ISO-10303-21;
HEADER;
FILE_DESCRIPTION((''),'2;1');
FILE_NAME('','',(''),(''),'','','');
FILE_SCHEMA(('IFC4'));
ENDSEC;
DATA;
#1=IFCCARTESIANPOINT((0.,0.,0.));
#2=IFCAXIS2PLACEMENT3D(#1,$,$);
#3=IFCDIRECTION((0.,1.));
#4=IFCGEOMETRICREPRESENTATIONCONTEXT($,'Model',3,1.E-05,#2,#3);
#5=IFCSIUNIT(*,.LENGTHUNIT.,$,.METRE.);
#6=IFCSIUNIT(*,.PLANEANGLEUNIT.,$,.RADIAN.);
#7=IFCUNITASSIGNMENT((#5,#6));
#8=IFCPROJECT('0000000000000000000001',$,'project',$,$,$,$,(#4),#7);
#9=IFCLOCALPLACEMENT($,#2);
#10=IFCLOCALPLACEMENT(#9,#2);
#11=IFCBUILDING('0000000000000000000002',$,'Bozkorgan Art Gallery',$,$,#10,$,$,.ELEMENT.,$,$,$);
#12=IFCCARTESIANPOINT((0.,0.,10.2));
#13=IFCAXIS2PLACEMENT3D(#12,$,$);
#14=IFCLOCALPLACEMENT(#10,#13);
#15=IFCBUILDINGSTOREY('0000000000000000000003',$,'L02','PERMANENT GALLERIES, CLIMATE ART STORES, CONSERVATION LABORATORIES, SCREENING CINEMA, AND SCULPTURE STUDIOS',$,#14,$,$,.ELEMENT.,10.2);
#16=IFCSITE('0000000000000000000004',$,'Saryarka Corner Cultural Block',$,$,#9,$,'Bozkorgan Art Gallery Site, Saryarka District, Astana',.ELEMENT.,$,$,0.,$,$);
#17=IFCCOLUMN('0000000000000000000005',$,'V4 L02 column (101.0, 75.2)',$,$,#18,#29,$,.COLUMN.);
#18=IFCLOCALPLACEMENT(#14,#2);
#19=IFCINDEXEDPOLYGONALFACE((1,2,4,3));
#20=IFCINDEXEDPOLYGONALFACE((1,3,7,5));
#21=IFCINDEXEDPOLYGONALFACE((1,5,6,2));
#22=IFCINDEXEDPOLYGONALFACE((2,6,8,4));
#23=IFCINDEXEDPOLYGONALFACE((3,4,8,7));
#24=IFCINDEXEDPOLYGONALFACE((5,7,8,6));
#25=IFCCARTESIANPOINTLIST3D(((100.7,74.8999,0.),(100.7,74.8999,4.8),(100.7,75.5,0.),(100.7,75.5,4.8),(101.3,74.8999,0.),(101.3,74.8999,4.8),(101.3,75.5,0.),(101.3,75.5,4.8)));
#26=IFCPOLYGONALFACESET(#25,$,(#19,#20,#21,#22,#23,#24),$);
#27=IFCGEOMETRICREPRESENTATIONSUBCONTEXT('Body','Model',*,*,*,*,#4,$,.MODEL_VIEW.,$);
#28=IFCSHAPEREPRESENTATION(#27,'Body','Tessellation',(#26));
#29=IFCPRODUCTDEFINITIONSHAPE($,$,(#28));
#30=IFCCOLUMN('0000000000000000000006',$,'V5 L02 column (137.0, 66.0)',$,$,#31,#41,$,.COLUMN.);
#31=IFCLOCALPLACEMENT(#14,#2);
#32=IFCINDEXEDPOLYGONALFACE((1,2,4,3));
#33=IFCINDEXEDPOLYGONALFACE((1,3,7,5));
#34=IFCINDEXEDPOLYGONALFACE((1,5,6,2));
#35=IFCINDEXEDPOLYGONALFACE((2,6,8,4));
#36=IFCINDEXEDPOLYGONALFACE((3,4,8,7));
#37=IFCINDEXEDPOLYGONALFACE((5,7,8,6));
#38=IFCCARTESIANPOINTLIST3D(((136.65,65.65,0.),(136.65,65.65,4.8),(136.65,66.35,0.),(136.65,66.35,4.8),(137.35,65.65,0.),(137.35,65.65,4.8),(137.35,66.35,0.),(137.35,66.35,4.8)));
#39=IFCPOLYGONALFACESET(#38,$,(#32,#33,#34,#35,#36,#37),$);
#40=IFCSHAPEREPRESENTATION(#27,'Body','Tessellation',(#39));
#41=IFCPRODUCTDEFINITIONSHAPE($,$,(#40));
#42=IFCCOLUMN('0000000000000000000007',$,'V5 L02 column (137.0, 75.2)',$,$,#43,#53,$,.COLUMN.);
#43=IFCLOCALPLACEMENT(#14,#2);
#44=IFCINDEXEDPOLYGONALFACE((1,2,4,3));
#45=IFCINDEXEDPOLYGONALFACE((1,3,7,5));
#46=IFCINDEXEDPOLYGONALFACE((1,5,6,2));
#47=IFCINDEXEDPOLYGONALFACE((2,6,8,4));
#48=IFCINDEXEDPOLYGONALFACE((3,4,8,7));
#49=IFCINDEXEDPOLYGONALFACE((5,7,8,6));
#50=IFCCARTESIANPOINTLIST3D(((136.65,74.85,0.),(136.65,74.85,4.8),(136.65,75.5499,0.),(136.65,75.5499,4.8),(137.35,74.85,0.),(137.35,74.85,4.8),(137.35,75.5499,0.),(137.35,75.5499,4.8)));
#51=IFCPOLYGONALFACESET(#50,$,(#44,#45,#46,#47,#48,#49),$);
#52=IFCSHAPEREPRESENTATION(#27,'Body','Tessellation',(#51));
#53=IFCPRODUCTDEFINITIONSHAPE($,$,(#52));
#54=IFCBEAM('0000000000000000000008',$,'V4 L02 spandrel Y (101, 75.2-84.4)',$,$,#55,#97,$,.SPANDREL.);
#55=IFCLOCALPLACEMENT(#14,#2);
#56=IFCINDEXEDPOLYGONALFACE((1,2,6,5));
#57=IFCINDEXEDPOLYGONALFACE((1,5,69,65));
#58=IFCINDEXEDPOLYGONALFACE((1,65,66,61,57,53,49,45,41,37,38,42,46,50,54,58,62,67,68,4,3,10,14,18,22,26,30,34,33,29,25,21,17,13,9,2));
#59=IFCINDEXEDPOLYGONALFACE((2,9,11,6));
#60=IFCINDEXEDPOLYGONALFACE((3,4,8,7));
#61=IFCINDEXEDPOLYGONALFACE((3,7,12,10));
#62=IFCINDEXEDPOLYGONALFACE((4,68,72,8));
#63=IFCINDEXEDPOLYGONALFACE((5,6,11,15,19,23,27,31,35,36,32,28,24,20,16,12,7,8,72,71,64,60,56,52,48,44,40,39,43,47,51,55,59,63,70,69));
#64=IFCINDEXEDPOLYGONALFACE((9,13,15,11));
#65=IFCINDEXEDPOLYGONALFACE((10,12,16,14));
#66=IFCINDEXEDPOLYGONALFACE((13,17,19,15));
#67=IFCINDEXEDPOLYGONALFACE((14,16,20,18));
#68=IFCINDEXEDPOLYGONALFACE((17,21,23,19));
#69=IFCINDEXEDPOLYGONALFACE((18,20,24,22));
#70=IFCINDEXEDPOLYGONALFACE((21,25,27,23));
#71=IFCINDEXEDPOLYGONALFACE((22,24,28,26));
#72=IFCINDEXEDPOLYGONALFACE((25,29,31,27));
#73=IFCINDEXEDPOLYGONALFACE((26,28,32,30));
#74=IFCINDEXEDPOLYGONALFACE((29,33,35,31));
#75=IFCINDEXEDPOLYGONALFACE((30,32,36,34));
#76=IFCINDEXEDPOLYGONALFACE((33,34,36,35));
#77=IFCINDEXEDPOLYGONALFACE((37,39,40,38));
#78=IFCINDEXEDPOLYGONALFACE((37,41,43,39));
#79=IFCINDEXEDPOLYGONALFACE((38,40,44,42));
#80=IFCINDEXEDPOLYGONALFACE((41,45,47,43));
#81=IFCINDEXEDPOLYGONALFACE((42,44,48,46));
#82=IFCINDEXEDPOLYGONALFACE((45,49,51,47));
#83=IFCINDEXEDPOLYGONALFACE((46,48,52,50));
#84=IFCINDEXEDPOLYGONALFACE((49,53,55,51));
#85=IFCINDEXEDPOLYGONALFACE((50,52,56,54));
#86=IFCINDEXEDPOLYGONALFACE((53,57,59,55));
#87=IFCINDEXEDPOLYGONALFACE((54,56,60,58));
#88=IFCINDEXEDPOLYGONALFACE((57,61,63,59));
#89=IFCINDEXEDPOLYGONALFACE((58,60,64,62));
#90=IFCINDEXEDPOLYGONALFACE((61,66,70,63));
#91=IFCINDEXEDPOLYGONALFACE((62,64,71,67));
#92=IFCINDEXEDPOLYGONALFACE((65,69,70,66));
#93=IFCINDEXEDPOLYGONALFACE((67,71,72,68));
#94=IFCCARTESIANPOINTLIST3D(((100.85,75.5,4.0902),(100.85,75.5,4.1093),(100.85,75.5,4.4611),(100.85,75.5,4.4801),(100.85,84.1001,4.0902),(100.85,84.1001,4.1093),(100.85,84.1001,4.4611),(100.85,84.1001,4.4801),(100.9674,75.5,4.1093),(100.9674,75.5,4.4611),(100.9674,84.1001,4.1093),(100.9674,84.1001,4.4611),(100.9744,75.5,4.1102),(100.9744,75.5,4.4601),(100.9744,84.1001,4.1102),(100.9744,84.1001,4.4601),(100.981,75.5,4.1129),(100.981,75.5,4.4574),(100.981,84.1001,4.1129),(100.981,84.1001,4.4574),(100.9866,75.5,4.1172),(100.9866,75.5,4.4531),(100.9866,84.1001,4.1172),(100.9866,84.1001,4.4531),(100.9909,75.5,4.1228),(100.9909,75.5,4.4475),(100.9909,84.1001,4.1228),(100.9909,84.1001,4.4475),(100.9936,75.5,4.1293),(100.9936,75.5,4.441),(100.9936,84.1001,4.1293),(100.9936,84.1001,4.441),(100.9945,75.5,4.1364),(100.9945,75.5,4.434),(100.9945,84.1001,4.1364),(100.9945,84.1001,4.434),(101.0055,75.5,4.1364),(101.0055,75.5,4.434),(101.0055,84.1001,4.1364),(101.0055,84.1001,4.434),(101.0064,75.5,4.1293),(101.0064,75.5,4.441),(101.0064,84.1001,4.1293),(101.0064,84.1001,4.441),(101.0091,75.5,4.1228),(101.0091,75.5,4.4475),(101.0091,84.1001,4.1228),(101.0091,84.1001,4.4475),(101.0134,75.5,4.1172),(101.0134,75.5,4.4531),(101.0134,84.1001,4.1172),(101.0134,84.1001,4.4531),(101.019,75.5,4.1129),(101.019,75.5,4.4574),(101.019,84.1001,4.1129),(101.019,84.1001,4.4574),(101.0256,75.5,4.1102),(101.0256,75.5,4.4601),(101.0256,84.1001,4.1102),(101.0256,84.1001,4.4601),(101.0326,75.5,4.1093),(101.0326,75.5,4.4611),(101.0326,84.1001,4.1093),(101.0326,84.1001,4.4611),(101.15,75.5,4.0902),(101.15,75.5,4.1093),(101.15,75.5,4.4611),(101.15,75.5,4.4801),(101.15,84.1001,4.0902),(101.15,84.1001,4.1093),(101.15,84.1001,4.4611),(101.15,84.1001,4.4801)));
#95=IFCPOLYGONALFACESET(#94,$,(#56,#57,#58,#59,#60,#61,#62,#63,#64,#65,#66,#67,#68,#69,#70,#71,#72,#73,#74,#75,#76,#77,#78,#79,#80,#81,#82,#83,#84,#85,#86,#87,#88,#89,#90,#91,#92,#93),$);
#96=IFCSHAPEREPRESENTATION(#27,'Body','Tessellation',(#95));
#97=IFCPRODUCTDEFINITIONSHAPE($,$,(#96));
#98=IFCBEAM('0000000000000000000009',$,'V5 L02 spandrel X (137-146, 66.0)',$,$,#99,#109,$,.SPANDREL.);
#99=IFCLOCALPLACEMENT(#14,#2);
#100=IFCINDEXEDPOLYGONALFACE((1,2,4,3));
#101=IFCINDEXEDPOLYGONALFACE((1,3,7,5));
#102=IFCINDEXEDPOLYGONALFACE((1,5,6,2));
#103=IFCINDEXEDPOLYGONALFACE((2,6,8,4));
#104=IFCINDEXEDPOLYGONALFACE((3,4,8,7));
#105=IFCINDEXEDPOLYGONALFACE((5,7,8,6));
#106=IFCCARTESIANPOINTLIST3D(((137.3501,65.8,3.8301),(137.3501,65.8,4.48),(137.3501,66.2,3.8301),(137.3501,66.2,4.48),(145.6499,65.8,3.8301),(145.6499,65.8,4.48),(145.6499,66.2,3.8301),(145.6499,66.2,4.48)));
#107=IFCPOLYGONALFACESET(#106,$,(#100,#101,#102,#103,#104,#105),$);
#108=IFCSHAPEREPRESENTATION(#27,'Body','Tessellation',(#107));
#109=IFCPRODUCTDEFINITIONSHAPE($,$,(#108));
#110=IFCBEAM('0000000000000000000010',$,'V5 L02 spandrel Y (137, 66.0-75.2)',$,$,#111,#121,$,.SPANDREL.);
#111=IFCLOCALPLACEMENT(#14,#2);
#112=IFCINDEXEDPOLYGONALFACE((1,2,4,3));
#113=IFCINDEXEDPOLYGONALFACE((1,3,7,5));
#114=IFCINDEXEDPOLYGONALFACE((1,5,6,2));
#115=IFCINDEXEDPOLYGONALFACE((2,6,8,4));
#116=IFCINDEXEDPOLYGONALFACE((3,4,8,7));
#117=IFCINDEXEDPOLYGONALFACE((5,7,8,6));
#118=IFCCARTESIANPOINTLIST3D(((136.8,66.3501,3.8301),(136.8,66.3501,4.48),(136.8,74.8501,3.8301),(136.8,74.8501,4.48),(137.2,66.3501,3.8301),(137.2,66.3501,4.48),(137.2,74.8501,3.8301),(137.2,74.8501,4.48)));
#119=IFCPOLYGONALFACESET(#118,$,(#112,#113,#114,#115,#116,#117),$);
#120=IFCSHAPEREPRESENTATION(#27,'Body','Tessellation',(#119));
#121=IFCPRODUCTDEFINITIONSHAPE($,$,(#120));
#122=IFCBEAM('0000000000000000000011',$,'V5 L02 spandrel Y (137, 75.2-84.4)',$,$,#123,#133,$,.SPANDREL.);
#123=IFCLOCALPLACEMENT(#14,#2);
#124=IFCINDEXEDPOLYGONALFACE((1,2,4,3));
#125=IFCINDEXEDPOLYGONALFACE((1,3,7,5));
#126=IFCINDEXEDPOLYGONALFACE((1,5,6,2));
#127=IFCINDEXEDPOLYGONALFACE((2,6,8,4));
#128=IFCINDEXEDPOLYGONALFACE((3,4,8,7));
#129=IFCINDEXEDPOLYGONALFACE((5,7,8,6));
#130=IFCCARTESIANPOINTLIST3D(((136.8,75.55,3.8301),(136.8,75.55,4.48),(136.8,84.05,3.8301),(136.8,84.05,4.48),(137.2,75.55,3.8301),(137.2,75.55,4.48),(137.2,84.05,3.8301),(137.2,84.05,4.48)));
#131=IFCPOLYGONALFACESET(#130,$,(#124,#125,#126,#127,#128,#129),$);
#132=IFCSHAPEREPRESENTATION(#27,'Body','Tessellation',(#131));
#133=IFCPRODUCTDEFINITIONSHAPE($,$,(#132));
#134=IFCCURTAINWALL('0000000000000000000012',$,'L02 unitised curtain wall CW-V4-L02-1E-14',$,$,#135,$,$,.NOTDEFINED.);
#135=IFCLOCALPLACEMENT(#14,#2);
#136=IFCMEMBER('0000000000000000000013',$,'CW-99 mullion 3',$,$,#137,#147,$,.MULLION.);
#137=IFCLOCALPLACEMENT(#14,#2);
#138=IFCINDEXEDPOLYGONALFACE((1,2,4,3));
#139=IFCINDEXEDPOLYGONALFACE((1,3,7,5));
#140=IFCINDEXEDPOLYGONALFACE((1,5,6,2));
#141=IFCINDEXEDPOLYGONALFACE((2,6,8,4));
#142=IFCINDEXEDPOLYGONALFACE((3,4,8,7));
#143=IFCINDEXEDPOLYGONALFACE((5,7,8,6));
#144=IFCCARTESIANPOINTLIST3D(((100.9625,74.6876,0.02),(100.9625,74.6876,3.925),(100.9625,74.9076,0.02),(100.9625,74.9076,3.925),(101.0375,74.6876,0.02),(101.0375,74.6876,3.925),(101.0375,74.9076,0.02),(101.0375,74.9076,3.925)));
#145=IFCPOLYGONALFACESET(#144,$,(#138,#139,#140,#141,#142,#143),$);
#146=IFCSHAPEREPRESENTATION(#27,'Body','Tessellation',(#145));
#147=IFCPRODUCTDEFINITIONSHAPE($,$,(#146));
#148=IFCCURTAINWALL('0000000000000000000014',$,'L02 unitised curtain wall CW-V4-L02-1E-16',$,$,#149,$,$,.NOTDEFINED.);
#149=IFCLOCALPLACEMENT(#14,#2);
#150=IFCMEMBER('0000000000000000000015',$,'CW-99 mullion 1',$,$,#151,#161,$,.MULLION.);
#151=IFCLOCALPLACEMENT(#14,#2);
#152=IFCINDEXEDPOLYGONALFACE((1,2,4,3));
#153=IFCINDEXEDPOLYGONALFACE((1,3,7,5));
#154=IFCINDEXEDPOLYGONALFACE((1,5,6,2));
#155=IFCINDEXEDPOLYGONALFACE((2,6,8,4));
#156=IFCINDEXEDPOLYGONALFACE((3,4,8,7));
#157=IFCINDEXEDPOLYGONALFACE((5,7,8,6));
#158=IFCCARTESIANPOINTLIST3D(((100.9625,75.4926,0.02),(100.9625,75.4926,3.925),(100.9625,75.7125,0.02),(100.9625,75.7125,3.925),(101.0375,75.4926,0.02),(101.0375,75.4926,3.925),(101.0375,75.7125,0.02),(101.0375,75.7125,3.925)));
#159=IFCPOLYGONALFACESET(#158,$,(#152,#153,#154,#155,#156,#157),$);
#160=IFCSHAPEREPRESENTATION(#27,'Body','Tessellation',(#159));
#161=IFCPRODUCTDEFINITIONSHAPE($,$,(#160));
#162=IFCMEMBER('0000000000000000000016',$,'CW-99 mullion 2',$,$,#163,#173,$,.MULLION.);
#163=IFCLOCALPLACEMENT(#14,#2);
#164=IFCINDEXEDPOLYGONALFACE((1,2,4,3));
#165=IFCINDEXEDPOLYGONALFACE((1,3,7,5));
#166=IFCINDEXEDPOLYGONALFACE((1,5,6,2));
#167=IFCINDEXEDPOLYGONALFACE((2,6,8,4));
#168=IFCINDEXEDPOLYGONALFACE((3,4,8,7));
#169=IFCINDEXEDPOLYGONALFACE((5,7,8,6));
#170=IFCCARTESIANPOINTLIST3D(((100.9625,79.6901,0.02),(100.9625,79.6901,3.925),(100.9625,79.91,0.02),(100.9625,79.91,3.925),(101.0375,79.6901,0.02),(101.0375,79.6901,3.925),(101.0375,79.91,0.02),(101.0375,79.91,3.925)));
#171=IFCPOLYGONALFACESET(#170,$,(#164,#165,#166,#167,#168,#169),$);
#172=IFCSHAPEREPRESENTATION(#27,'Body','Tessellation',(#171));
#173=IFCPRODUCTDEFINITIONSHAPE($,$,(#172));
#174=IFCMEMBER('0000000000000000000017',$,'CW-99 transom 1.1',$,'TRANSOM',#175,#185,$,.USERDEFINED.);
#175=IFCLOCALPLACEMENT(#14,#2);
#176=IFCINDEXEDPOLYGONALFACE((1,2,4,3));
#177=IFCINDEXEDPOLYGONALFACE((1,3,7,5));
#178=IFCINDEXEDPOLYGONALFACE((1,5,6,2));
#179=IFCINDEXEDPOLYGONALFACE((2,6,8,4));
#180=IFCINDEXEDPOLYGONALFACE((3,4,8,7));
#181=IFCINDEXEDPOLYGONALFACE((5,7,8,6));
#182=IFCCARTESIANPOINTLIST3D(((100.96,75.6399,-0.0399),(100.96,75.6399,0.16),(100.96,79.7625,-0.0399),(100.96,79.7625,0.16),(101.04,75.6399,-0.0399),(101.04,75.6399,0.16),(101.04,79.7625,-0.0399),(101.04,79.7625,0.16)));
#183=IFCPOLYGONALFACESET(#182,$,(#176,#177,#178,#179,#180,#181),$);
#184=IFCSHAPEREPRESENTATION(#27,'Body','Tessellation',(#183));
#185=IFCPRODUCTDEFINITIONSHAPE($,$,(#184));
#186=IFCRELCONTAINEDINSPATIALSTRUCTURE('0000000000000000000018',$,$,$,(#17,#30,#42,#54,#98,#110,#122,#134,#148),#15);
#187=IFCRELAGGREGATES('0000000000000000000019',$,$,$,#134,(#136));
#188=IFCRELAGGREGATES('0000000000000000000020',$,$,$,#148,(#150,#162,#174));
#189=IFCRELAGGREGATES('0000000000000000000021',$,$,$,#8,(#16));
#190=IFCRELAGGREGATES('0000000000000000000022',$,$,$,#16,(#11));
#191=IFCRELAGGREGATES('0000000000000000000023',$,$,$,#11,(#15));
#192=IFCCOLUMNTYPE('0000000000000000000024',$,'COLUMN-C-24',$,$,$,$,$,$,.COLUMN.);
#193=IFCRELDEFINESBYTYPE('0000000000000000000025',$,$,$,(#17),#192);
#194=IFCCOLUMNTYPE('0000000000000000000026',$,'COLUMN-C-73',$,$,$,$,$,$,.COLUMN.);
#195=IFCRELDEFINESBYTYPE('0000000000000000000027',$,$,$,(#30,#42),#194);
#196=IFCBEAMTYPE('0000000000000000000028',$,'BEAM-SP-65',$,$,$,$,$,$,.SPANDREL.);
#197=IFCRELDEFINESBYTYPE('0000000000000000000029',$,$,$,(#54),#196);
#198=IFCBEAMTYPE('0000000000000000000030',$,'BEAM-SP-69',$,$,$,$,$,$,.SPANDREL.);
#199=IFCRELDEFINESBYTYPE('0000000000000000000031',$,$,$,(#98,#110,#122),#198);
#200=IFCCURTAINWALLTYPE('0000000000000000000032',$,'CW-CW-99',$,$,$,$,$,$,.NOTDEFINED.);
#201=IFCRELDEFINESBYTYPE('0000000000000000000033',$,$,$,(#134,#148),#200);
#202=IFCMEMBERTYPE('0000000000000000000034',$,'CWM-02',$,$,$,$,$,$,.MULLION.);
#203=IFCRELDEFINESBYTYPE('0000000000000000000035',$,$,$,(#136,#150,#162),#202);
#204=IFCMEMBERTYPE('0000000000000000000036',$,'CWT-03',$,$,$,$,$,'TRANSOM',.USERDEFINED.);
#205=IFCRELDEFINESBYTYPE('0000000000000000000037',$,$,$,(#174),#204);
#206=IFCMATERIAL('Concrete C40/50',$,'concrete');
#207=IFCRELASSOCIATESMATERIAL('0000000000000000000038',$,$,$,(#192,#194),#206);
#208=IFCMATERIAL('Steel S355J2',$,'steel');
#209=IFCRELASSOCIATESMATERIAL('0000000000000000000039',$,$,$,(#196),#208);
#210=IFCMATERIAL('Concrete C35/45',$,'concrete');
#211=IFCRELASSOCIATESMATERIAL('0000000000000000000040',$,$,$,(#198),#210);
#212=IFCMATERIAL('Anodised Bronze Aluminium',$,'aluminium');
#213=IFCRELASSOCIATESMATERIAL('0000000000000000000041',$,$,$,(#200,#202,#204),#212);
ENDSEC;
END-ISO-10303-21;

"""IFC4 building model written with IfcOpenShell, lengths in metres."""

from ifc_helpers import new_model, si_unit, direction, frame, origin, origin_2d, place, context, subcontext, project, spatial, rectangle, i_section, extrude, material, material_profile, profile_set, type_object, element, aggregate, save


model = new_model("IFC4")

# Units and contexts
model_context = context("Model", 3, precision=1e-05, world=origin(), true_north=direction((0.0, 1.0)))
body_context = subcontext(model_context, "Body", "Model", "MODEL_VIEW")
ifc_project = project(units=[si_unit("LENGTHUNIT", "METRE"), si_unit("PLANEANGLEUNIT", "RADIAN")], contexts=[model_context])

# Site, building, storey
site_placement = place(None, origin())
site = spatial("IfcSite", under=ifc_project, at=site_placement, Name="Saryarka Corner Cultural Block", LongName="Bozkorgan Art Gallery Site, Saryarka District, Astana", CompositionType="ELEMENT", RefElevation=0.0)
building_placement = place(site_placement, origin())
building = spatial("IfcBuilding", under=site, at=building_placement, Name="Bozkorgan Art Gallery", CompositionType="ELEMENT")
storey_placement = place(building_placement, frame((0.0, 0.0, 10.2)))
storey = spatial("IfcBuildingStorey", under=building, at=storey_placement, Name="L02", Description="PERMANENT GALLERIES, CLIMATE ART STORES, CONSERVATION LABORATORIES, SCREENING CINEMA, AND SCULPTURE STUDIOS", CompositionType="ELEMENT", Elevation=10.2)

# Columns
ifc_material_1 = material(Name="Concrete C40/50", Category="concrete")
ifc_material_profile_1 = material_profile(ifc_material_1, rectangle(XDim=0.6001, YDim=0.6001, at=origin_2d()), Name="RC 600x600")
ifc_profile_set_1 = profile_set([ifc_material_profile_1], Name="Concrete C40/50")
column_type_1 = type_object("IfcColumnType", Name="COLUMN-C-24", PredefinedType="COLUMN", material=ifc_profile_set_1)
column_placement = place(storey_placement, frame((101.0, 75.2, 0.0), z_axis=(0.0, 0.0, 1.0), x_axis=(1.0, 0.0, 0.0)))
element("IfcColumn", 1, at=column_placement, inside=storey, type_object=column_type_1, Name="V4 L02 column (101.0, 75.2)", PredefinedType="COLUMN", context=body_context, shape_type="SweptSolid", body=[
    extrude(rectangle(XDim=0.6001, YDim=0.6001, at=origin_2d()), origin(), (0.0, 0.0, 1.0), 4.8),
])
ifc_material_profile_2 = material_profile(ifc_material_1, rectangle(XDim=0.7, YDim=0.7, at=origin_2d()), Name="RC 700x700")
ifc_profile_set_2 = profile_set([ifc_material_profile_2], Name="Concrete C40/50")
column_type_2 = type_object("IfcColumnType", Name="COLUMN-C-73", PredefinedType="COLUMN", material=ifc_profile_set_2)
for number, where, z_axis, x_axis, name in (
    (2, (137.0, 66.0, 0.0), (0.0, 0.0, 1.0), (1.0, 0.0, 0.0), "V5 L02 column (137.0, 66.0)"),
    (3, (137.0, 75.2, 0.0), (0.0, 0.0, 1.0), (1.0, 0.0, 0.0), "V5 L02 column (137.0, 75.2)"),
):
    element("IfcColumn", number, at=place(storey_placement, frame(where, z_axis=z_axis, x_axis=x_axis)), inside=storey, type_object=column_type_2, Name=name, PredefinedType="COLUMN", context=body_context, shape_type="SweptSolid", body=[
        extrude(rectangle(XDim=0.7, YDim=0.7, at=origin_2d()), origin(), (0.0, 0.0, 1.0), 4.8),
    ])

# Beams
ifc_material_2 = material(Name="Steel S355J2", Category="steel")
ifc_material_profile_3 = material_profile(ifc_material_2, i_section(OverallWidth=0.3, OverallDepth=0.3899, WebThickness=0.011, FlangeThickness=0.019, FilletRadius=0.0271, at=origin_2d()), Name="HEA 400")
ifc_profile_set_3 = profile_set([ifc_material_profile_3], Name="Steel S355J2")
beam_type_1 = type_object("IfcBeamType", Name="BEAM-SP-65", PredefinedType="SPANDREL", material=ifc_profile_set_3)
beam_1_placement = place(storey_placement, frame((101.0, 75.5, 4.2852), z_axis=(0.0, 1.0, 0.0), x_axis=(-1.0, 0.0, 0.0)))
element("IfcBeam", 4, at=beam_1_placement, inside=storey, type_object=beam_type_1, Name="V4 L02 spandrel Y (101, 75.2-84.4)", PredefinedType="SPANDREL", context=body_context, shape_type="SweptSolid", body=[
    extrude(i_section(OverallWidth=0.3, OverallDepth=0.3899, WebThickness=0.011, FlangeThickness=0.019, FilletRadius=0.0271, at=origin_2d()), origin(), (0.0, 0.0, 1.0), 8.6001),
])
ifc_material_3 = material(Name="Concrete C35/45", Category="concrete")
ifc_material_profile_4 = material_profile(ifc_material_3, rectangle(XDim=0.3999, YDim=0.6499, at=origin_2d()), Name="RC 400x650")
ifc_profile_set_4 = profile_set([ifc_material_profile_4], Name="Concrete C35/45")
beam_type_2 = type_object("IfcBeamType", Name="BEAM-SP-69", PredefinedType="SPANDREL", material=ifc_profile_set_4)
beam_2_placement = place(storey_placement, frame((137.3501, 66.0, 4.155), z_axis=(1.0, 0.0, 0.0), x_axis=(0.0, 1.0, 0.0)))
element("IfcBeam", 5, at=beam_2_placement, inside=storey, type_object=beam_type_2, Name="V5 L02 spandrel X (137-146, 66.0)", PredefinedType="SPANDREL", context=body_context, shape_type="SweptSolid", body=[
    extrude(rectangle(XDim=0.3999, YDim=0.6499, at=origin_2d()), origin(), (0.0, 0.0, 1.0), 8.2998),
])
for number, where, z_axis, x_axis, name in (
    (6, (137.0, 66.3501, 4.155), (0.0, 1.0, 0.0), (-1.0, 0.0, 0.0), "V5 L02 spandrel Y (137, 66.0-75.2)"),
    (7, (137.0, 75.55, 4.155), (0.0, 1.0, 0.0), (-1.0, 0.0, 0.0), "V5 L02 spandrel Y (137, 75.2-84.4)"),
):
    element("IfcBeam", number, at=place(storey_placement, frame(where, z_axis=z_axis, x_axis=x_axis)), inside=storey, type_object=beam_type_2, Name=name, PredefinedType="SPANDREL", context=body_context, shape_type="SweptSolid", body=[
        extrude(rectangle(XDim=0.3999, YDim=0.6499, at=origin_2d()), origin(), (0.0, 0.0, 1.0), 8.5),
    ])

# Curtain wall, member
ifc_material_4 = material(Name="Anodised Bronze Aluminium", Category="aluminium")
curtain_wall_type = type_object("IfcCurtainWallType", Name="CW-CW-99", PredefinedType="NOTDEFINED", material=ifc_material_4)
curtain_wall_1_placement = place(storey_placement, origin())
curtain_wall_1 = element("IfcCurtainWall", 8, at=curtain_wall_1_placement, inside=storey, type_object=curtain_wall_type, Name="L02 unitised curtain wall CW-V4-L02-1E-14", PredefinedType="NOTDEFINED")
ifc_material_profile_5 = material_profile(ifc_material_4, rectangle(XDim=0.075, YDim=0.22, at=origin_2d()), Name="ALU MULLION 75x220")
ifc_profile_set_5 = profile_set([ifc_material_profile_5], Name="Anodised Bronze Aluminium")
member_type_1 = type_object("IfcMemberType", Name="CWM-02", PredefinedType="MULLION", material=ifc_profile_set_5)
member_1_placement = place(storey_placement, frame((101.0, 74.7976, 0.02), z_axis=(0.0, 0.0, 1.0), x_axis=(-1.0, 0.0, 0.0)))
member_1 = element("IfcMember", 9, at=member_1_placement, type_object=member_type_1, Name="CW-99 mullion 3", PredefinedType="MULLION", context=body_context, shape_type="SweptSolid", body=[
    extrude(rectangle(XDim=0.075, YDim=0.22, at=origin_2d()), origin(), (0.0, 0.0, 1.0), 3.905),
])

# Curtain wall, members
curtain_wall_2_placement = place(storey_placement, origin())
curtain_wall_2 = element("IfcCurtainWall", 10, at=curtain_wall_2_placement, inside=storey, type_object=curtain_wall_type, Name="L02 unitised curtain wall CW-V4-L02-1E-16", PredefinedType="NOTDEFINED")
member_2_placement = place(storey_placement, frame((101.0, 75.6025, 0.02), z_axis=(0.0, 0.0, 1.0), x_axis=(-1.0, 0.0, 0.0)))
member_2 = element("IfcMember", 11, at=member_2_placement, type_object=member_type_1, Name="CW-99 mullion 1", PredefinedType="MULLION", context=body_context, shape_type="SweptSolid", body=[
    extrude(rectangle(XDim=0.075, YDim=0.22, at=origin_2d()), origin(), (0.0, 0.0, 1.0), 3.905),
])
member_3_placement = place(storey_placement, frame((101.0, 79.8, 0.02), z_axis=(0.0, 0.0, 1.0), x_axis=(-1.0, 0.0, 0.0)))
member_3 = element("IfcMember", 12, at=member_3_placement, type_object=member_type_1, Name="CW-99 mullion 2", PredefinedType="MULLION", context=body_context, shape_type="SweptSolid", body=[
    extrude(rectangle(XDim=0.075, YDim=0.22, at=origin_2d()), origin(), (0.0, 0.0, 1.0), 3.905),
])
ifc_material_profile_6 = material_profile(ifc_material_4, rectangle(XDim=0.0801, YDim=0.2, at=origin_2d()), Name="ALU TRANSOM 80x200")
ifc_profile_set_6 = profile_set([ifc_material_profile_6], Name="Anodised Bronze Aluminium")
member_type_2 = type_object("IfcMemberType", Name="CWT-03", ElementType="TRANSOM", PredefinedType="USERDEFINED", material=ifc_profile_set_6)
member_4_placement = place(storey_placement, frame((101.0, 75.6399, 0.0601), z_axis=(0.0, 1.0, 0.0), x_axis=(-1.0, 0.0, 0.0)))
member_4 = element("IfcMember", 13, at=member_4_placement, type_object=member_type_2, Name="CW-99 transom 1.1", ObjectType="TRANSOM", PredefinedType="USERDEFINED", context=body_context, shape_type="SweptSolid", body=[
    extrude(rectangle(XDim=0.0801, YDim=0.2, at=origin_2d()), origin(), (0.0, 0.0, 1.0), 4.1226),
])

aggregate(curtain_wall_1, [member_1])
aggregate(curtain_wall_2, [member_2, member_3, member_4])

save(model, "model.ifc")
